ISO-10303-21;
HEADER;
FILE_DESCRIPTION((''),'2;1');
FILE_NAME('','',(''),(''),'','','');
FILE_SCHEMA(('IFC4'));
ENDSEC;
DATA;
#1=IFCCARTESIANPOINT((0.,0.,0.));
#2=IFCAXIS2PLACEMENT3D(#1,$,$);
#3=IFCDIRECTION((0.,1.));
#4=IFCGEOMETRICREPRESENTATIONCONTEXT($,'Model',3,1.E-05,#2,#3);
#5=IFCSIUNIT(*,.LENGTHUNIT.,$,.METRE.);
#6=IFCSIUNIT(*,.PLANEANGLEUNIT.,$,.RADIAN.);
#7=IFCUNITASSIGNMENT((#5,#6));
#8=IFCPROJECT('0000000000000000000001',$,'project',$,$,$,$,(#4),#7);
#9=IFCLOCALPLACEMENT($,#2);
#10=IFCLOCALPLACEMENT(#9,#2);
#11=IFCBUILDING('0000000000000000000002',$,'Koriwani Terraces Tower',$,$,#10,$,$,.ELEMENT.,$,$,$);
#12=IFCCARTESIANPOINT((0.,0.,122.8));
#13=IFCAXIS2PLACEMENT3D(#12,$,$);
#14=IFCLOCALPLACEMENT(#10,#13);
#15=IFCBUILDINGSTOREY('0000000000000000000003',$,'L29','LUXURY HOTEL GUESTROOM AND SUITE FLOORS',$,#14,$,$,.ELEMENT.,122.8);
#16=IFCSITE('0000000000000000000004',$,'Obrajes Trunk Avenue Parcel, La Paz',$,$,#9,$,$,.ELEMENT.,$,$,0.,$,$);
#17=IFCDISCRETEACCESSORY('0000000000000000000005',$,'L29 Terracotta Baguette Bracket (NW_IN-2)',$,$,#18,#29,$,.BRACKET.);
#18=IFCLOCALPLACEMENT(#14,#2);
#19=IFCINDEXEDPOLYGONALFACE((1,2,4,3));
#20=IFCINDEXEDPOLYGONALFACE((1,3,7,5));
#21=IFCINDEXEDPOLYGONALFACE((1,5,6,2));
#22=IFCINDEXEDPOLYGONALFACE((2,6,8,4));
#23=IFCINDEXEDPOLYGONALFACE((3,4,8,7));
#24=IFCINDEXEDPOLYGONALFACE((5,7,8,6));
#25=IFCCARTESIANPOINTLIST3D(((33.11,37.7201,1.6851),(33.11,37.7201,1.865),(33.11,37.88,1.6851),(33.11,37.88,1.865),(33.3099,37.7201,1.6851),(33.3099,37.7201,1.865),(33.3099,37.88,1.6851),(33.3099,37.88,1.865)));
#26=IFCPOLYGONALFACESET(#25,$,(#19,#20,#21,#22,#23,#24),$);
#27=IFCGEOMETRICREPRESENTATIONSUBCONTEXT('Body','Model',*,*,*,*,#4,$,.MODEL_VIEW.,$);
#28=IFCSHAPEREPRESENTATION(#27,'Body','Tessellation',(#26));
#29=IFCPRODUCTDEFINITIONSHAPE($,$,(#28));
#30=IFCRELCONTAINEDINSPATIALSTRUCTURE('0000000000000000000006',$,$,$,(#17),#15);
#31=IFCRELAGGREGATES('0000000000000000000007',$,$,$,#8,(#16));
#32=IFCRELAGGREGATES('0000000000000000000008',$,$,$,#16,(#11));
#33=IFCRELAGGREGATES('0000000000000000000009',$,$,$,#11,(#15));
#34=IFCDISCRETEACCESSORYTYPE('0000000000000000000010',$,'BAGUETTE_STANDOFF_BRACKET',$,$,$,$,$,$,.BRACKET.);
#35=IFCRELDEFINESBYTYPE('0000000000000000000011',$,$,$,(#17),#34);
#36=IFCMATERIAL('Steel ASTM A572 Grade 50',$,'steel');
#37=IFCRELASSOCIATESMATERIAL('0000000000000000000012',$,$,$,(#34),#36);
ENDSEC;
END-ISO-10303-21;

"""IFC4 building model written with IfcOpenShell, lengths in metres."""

from ifc_helpers import new_model, si_unit, direction, frame, origin, origin_2d, place, context, subcontext, project, spatial, rectangle, extrude, material, type_object, element, save


model = new_model("IFC4")

# Units and contexts
model_context = context("Model", 3, precision=1e-05, world=origin(), true_north=direction((0.0, 1.0)))
body_context = subcontext(model_context, "Body", "Model", "MODEL_VIEW")
ifc_project = project(units=[si_unit("LENGTHUNIT", "METRE"), si_unit("PLANEANGLEUNIT", "RADIAN")], contexts=[model_context])

# Site, building, storey
site_placement = place(None, origin())
site = spatial("IfcSite", under=ifc_project, at=site_placement, Name="Obrajes Trunk Avenue Parcel, La Paz", CompositionType="ELEMENT", RefElevation=0.0)
building_placement = place(site_placement, origin())
building = spatial("IfcBuilding", under=site, at=building_placement, Name="Koriwani Terraces Tower", CompositionType="ELEMENT")
storey_placement = place(building_placement, frame((0.0, 0.0, 122.8)))
storey = spatial("IfcBuildingStorey", under=building, at=storey_placement, Name="L29", Description="LUXURY HOTEL GUESTROOM AND SUITE FLOORS", CompositionType="ELEMENT", Elevation=122.8)

# Shared definitions
ifc_material_1 = material(Name="Steel ASTM A572 Grade 50", Category="steel")

# Discrete accessory
discrete_accessory_type = type_object("IfcDiscreteAccessoryType", Name="BAGUETTE_STANDOFF_BRACKET", PredefinedType="BRACKET", material=ifc_material_1)
discrete_accessory_placement = place(storey_placement, frame((33.21, 37.8, 1.6851), z_axis=(0.0, 0.0, 1.0), x_axis=(0.0, -1.0, 0.0)))
element("IfcDiscreteAccessory", 1, at=discrete_accessory_placement, inside=storey, type_object=discrete_accessory_type, Name="L29 Terracotta Baguette Bracket (NW_IN-2)", PredefinedType="BRACKET", context=body_context, shape_type="SweptSolid", body=[
    extrude(rectangle(XDim=0.1599, YDim=0.2, at=origin_2d()), origin(), (0.0, 0.0, 1.0), 0.1799),
])

save(model, "model.ifc")
